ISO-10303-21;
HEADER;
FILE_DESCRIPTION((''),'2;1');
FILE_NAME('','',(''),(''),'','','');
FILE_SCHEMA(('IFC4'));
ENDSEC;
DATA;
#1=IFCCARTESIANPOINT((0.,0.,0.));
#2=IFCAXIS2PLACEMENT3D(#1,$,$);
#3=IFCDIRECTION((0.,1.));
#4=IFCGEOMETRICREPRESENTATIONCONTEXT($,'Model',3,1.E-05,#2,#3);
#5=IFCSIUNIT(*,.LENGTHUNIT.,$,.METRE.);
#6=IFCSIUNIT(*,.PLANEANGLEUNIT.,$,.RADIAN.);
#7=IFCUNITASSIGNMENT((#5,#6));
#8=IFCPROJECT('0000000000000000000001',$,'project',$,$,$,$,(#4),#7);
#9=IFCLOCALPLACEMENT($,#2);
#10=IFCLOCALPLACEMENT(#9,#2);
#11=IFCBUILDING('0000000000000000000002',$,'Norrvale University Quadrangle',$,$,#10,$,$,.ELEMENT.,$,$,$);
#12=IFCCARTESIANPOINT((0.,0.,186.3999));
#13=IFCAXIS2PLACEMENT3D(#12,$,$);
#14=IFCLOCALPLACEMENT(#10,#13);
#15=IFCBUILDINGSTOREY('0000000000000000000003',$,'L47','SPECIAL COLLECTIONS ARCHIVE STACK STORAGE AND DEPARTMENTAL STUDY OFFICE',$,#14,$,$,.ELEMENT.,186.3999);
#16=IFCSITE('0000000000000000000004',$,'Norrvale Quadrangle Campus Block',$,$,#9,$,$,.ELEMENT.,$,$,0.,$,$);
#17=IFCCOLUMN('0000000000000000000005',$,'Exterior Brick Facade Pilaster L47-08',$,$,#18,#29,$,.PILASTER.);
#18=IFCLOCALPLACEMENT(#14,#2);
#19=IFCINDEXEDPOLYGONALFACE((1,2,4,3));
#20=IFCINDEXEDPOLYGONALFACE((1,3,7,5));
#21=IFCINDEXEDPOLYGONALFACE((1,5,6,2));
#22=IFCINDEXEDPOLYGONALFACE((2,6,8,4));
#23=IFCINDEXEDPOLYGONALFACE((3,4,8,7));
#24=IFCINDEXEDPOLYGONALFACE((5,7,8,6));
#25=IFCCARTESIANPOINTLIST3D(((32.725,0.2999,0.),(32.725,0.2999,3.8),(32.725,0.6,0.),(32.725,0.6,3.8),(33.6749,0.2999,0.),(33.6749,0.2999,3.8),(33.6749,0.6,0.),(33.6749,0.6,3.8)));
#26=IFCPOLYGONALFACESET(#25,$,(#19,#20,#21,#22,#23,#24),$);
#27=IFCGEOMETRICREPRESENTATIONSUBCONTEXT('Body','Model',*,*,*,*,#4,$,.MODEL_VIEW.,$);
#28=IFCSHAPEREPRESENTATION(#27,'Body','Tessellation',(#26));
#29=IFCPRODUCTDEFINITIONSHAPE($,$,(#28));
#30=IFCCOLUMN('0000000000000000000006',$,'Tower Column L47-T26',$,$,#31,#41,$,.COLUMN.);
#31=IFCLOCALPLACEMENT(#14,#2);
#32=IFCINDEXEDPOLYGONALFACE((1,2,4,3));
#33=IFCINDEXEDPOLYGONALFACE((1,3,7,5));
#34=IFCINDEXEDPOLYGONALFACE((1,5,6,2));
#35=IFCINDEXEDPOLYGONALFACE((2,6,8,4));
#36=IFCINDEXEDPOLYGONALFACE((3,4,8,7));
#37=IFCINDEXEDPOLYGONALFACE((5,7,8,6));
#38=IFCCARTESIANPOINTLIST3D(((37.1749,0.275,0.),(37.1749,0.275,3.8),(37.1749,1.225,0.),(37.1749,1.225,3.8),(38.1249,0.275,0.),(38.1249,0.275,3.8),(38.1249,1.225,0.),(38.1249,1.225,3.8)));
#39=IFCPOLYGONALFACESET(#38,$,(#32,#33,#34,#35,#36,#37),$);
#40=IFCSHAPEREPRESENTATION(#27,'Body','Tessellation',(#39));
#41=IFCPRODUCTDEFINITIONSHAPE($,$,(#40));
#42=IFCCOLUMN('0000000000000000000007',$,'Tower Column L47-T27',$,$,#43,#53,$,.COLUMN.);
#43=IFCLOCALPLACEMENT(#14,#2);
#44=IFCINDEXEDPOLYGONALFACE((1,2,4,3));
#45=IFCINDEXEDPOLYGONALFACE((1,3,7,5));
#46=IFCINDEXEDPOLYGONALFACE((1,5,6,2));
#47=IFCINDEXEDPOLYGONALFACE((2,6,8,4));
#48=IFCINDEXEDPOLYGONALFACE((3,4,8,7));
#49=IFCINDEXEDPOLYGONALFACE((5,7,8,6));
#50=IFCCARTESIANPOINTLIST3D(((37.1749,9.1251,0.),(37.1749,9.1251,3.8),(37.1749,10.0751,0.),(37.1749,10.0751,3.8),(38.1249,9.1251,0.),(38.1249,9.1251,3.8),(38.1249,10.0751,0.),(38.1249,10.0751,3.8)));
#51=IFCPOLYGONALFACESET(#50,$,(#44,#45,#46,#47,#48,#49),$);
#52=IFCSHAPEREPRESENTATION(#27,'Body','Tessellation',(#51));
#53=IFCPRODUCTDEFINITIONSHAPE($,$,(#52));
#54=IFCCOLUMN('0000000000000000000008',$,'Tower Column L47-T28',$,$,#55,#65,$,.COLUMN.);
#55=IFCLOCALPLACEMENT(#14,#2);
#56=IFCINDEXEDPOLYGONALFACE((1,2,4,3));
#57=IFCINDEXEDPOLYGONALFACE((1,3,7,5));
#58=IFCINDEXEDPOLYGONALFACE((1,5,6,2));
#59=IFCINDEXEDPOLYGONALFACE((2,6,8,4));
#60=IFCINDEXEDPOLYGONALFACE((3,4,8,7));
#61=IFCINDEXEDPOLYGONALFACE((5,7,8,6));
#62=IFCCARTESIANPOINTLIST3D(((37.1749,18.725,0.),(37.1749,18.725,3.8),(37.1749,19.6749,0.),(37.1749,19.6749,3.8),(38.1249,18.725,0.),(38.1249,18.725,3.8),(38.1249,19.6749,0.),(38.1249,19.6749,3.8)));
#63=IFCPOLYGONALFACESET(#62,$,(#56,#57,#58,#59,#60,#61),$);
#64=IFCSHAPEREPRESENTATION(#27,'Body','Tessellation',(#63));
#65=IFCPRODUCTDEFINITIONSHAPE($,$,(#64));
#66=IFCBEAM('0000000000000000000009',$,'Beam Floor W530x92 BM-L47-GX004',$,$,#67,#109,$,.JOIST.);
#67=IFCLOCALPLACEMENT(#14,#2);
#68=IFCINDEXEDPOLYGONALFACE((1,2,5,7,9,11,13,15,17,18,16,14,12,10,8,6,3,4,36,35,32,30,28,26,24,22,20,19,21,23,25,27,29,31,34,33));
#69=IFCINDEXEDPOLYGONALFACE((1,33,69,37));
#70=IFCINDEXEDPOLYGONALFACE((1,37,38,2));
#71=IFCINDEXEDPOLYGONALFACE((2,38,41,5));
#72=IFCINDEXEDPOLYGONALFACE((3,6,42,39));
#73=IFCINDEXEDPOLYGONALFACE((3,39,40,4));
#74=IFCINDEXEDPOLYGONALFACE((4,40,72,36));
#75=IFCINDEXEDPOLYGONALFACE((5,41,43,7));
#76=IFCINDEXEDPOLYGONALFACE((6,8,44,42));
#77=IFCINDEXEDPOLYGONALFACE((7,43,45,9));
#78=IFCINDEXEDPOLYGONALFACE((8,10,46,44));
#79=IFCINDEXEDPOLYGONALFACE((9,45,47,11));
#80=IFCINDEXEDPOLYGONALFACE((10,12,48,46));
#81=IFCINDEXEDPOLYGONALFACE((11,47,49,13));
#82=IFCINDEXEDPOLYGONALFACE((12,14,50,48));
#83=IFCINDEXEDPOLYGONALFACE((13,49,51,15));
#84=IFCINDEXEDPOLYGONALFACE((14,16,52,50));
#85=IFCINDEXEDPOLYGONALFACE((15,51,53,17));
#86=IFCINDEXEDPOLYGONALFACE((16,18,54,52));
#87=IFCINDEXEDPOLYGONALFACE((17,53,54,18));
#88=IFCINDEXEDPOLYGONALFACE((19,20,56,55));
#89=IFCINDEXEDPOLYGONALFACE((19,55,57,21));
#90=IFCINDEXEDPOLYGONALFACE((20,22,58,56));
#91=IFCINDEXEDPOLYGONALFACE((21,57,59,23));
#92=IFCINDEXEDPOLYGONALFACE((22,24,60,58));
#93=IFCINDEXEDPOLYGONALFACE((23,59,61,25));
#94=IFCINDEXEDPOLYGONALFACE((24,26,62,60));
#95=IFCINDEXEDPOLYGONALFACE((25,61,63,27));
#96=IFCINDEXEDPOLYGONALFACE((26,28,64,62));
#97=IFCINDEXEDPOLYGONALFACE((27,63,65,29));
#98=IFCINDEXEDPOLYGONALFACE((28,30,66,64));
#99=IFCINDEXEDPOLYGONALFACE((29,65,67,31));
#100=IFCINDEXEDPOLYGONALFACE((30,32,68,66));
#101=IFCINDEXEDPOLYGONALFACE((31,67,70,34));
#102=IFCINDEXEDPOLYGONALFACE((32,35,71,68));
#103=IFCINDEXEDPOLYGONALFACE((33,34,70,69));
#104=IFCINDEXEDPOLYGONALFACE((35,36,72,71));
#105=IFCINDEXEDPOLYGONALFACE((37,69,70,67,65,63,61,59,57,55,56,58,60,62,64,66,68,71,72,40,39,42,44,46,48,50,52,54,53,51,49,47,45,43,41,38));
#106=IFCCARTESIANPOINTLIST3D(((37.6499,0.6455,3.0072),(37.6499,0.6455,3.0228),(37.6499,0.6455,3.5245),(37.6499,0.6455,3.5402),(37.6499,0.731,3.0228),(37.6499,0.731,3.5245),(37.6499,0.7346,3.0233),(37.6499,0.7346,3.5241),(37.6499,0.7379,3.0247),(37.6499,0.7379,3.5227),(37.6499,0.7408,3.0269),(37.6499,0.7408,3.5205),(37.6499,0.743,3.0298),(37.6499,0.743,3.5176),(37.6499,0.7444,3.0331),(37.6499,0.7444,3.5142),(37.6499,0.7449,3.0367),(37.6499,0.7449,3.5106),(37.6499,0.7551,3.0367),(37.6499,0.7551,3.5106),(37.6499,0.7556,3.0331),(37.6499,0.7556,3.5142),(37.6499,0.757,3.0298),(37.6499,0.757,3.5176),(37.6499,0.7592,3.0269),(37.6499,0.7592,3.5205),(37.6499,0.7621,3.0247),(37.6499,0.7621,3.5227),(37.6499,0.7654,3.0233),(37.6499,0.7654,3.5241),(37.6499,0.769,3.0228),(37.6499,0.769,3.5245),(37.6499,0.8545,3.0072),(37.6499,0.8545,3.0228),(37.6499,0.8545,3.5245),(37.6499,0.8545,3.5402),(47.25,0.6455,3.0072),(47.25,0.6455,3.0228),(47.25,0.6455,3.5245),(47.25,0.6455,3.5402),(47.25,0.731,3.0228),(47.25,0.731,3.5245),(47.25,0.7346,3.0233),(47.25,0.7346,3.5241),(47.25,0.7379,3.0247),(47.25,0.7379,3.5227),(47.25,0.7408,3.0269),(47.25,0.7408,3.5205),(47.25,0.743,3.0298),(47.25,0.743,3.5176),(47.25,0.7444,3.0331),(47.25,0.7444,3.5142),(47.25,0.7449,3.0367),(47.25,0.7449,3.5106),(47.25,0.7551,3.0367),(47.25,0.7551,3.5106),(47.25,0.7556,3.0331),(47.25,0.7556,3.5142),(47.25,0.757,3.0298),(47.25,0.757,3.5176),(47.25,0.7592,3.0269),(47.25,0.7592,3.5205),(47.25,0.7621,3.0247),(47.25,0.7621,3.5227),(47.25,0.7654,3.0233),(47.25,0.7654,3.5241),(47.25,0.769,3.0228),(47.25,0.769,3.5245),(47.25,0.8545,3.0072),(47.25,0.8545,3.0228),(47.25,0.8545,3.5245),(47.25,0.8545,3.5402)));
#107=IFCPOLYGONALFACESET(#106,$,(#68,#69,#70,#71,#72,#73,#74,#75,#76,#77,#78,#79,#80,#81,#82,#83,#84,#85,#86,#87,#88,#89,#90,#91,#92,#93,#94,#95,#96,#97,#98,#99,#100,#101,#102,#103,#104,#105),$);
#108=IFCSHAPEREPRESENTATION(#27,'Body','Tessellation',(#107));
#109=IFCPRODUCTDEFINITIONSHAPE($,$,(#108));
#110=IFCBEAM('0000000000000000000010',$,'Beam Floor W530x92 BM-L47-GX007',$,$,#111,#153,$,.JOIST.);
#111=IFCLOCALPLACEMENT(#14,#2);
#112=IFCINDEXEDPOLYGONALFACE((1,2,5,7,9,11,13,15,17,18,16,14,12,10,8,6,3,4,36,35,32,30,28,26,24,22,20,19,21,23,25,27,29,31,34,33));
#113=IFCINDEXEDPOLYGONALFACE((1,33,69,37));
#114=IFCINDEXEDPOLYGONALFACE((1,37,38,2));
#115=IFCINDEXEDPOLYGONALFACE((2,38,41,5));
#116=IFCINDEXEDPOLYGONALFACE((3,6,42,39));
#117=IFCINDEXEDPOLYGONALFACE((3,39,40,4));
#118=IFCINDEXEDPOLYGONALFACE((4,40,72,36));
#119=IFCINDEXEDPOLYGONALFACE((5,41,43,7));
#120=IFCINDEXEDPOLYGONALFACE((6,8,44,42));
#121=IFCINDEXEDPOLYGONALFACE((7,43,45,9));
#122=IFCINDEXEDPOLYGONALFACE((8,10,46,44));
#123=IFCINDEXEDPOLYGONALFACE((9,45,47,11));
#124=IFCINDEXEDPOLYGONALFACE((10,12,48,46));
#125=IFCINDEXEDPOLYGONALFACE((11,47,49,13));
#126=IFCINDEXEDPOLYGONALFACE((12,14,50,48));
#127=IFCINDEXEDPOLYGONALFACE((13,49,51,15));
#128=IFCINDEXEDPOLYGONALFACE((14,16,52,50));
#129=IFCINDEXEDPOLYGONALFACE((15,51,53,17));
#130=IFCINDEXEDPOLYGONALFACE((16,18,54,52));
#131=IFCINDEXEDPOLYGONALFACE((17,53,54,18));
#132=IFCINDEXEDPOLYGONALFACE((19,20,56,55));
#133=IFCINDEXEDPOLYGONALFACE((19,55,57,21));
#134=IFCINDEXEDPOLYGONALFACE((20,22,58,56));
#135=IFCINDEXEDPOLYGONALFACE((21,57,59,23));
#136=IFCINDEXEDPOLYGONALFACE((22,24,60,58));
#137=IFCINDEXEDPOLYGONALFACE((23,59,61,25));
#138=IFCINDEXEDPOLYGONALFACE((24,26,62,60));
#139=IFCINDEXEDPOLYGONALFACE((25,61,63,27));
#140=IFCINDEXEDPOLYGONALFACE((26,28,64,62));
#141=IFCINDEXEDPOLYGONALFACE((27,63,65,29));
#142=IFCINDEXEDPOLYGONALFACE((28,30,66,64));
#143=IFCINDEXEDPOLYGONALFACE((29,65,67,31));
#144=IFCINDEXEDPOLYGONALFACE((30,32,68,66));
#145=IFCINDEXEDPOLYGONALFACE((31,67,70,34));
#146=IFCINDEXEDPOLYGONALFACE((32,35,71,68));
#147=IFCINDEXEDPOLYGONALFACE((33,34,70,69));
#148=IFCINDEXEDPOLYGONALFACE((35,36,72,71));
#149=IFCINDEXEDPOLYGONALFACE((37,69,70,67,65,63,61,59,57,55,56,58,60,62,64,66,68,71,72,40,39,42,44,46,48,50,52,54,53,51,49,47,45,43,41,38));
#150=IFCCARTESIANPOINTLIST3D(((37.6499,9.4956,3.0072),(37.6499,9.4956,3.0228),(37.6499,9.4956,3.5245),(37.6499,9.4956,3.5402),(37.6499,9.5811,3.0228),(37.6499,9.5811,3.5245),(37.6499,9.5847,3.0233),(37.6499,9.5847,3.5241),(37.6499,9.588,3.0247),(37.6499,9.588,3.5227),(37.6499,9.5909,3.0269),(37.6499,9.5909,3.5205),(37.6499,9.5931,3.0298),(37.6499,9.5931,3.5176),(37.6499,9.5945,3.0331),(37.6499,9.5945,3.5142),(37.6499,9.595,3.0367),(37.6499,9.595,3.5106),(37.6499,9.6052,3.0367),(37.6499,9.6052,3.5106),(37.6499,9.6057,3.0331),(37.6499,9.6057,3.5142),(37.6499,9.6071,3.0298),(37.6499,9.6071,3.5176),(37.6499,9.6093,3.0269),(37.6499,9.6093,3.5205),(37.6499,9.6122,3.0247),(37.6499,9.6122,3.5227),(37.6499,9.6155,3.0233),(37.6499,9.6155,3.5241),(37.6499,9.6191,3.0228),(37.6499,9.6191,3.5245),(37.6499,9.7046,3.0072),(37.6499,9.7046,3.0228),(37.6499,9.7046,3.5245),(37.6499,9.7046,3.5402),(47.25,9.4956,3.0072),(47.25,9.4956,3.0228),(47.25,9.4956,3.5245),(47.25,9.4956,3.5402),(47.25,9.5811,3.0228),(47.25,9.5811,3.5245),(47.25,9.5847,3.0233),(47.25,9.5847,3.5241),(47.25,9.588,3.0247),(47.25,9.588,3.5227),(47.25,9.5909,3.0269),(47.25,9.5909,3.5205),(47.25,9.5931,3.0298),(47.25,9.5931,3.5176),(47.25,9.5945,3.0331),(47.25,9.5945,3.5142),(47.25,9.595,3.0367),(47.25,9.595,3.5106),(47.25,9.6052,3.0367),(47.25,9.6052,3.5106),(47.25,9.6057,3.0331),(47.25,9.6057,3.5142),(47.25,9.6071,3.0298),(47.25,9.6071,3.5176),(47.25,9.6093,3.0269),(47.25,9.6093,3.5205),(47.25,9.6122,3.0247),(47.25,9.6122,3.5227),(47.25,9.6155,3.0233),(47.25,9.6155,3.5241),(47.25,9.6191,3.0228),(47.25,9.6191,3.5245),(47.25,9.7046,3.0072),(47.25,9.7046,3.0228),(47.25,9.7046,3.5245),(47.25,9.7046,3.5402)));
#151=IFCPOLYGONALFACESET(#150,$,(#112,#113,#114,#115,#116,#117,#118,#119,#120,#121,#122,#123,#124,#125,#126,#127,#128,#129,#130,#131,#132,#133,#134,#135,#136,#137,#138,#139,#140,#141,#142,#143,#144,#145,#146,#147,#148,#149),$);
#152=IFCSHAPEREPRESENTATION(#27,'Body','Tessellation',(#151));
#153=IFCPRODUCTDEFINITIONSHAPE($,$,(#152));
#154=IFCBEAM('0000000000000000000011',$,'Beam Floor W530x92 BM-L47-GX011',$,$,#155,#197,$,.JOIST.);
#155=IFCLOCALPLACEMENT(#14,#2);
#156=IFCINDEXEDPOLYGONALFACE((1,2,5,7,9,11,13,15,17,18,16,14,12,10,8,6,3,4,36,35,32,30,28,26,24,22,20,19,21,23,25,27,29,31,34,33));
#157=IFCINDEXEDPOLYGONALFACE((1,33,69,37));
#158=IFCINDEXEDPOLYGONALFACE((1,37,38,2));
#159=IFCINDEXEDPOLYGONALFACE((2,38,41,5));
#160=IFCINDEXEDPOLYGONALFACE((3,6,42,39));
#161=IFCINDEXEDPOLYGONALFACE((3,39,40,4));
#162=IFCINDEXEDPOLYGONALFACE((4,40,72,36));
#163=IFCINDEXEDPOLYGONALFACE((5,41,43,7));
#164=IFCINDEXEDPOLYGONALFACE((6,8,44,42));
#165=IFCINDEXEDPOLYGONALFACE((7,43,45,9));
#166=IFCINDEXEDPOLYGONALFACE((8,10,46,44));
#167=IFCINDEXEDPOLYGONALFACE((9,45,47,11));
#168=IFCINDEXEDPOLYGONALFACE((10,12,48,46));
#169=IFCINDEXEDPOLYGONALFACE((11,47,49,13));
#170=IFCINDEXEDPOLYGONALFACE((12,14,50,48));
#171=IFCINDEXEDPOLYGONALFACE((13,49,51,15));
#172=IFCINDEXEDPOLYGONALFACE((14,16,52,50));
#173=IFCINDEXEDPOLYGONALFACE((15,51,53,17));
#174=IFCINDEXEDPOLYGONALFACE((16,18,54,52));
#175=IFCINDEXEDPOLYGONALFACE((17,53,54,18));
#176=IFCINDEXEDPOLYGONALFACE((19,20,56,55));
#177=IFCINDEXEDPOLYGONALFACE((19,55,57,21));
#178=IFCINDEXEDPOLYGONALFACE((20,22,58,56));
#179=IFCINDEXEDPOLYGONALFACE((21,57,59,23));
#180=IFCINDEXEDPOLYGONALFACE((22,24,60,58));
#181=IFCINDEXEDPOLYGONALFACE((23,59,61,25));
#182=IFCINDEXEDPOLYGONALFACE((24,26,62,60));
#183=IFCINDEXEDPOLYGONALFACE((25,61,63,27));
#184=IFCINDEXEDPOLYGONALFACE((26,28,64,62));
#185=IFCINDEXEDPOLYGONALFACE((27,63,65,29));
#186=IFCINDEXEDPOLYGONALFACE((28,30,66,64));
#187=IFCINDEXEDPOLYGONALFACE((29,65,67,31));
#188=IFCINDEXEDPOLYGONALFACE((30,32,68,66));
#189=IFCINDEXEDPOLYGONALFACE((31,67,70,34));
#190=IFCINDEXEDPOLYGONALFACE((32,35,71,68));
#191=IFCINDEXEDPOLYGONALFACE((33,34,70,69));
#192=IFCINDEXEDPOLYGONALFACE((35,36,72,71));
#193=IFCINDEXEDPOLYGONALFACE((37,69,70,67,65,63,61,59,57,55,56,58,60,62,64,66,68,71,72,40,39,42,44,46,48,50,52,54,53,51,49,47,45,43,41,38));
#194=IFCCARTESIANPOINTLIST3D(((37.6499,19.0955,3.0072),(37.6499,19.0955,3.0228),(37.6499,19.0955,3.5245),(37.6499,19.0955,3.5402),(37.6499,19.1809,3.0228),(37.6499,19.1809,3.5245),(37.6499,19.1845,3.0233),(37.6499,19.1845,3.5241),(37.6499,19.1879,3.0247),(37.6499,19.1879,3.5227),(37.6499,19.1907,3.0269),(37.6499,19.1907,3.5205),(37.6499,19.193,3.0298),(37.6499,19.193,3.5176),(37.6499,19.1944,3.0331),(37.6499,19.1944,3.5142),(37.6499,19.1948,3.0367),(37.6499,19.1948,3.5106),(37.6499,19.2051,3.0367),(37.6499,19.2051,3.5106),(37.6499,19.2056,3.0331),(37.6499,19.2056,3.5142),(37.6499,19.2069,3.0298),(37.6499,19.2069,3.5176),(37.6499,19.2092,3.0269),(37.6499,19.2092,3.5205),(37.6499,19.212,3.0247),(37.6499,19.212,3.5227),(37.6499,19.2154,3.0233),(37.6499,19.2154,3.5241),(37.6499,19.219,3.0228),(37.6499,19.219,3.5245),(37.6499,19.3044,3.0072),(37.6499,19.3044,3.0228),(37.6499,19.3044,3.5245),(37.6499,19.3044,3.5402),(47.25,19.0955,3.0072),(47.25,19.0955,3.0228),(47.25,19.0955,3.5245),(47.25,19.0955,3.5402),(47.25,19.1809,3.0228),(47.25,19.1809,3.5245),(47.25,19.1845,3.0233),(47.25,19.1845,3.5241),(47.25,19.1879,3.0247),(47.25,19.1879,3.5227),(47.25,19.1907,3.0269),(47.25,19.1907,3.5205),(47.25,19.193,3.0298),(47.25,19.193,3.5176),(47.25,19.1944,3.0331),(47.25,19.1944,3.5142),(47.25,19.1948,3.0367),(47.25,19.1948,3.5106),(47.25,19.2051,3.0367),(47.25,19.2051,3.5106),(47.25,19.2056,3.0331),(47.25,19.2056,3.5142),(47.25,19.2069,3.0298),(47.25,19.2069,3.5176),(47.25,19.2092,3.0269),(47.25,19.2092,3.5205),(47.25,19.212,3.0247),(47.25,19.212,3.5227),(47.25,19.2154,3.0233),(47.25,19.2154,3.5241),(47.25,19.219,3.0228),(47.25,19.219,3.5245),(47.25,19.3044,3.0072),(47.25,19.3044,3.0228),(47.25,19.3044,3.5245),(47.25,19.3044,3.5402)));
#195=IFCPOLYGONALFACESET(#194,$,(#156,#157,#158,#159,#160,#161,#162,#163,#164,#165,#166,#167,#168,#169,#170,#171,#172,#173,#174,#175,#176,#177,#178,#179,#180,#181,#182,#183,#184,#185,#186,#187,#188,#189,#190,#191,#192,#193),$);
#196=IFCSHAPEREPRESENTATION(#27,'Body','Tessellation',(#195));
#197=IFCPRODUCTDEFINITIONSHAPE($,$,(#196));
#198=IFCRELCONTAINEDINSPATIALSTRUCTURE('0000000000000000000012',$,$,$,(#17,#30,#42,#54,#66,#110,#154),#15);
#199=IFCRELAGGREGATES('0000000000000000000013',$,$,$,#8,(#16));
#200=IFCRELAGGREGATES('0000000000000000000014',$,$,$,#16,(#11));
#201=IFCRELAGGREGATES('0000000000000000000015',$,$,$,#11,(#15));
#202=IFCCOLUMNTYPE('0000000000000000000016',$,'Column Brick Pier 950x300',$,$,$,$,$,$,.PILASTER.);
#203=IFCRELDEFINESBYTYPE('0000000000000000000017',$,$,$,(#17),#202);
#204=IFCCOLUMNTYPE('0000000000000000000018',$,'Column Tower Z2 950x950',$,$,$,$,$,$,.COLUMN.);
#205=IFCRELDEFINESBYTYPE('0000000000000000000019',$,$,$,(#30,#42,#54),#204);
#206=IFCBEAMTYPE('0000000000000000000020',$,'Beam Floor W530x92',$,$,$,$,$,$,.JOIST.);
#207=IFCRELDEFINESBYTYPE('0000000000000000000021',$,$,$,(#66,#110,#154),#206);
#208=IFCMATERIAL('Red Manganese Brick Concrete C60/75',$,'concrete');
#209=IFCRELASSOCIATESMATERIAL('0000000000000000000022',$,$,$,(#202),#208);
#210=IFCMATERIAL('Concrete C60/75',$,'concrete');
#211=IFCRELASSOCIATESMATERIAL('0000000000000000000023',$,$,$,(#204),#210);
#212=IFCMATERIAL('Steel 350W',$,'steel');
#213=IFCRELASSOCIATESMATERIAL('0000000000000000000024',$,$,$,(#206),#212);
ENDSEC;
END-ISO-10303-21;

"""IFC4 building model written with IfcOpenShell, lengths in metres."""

from ifc_helpers import new_model, si_unit, direction, frame, origin, origin_2d, place, context, subcontext, project, spatial, rectangle, i_section, extrude, material, material_profile, profile_set, type_object, element, save


model = new_model("IFC4")

# Units and contexts
model_context = context("Model", 3, precision=1e-05, world=origin(), true_north=direction((0.0, 1.0)))
body_context = subcontext(model_context, "Body", "Model", "MODEL_VIEW")
ifc_project = project(units=[si_unit("LENGTHUNIT", "METRE"), si_unit("PLANEANGLEUNIT", "RADIAN")], contexts=[model_context])

# Site, building, storey
site_placement = place(None, origin())
site = spatial("IfcSite", under=ifc_project, at=site_placement, Name="Norrvale Quadrangle Campus Block", CompositionType="ELEMENT", RefElevation=0.0)
building_placement = place(site_placement, origin())
building = spatial("IfcBuilding", under=site, at=building_placement, Name="Norrvale University Quadrangle", CompositionType="ELEMENT")
storey_placement = place(building_placement, frame((0.0, 0.0, 186.3999)))
storey = spatial("IfcBuildingStorey", under=building, at=storey_placement, Name="L47", Description="SPECIAL COLLECTIONS ARCHIVE STACK STORAGE AND DEPARTMENTAL STUDY OFFICE", CompositionType="ELEMENT", Elevation=186.3999)

# Columns
ifc_material_1 = material(Name="Red Manganese Brick Concrete C60/75", Category="concrete")
ifc_material_profile_1 = material_profile(ifc_material_1, rectangle(XDim=0.95, YDim=0.3, at=origin_2d()), Name="Red Manganese Brick Concrete C60/75")
ifc_profile_set_1 = profile_set([ifc_material_profile_1], Name="Red Manganese Brick Concrete C60/75")
column_type_1 = type_object("IfcColumnType", Name="Column Brick Pier 950x300", PredefinedType="PILASTER", material=ifc_profile_set_1)
column_placement = place(storey_placement, frame((33.2, 0.45, 0.0), z_axis=(0.0, 0.0, 1.0), x_axis=(1.0, 0.0, 0.0)))
element("IfcColumn", 1, at=column_placement, inside=storey, type_object=column_type_1, Name="Exterior Brick Facade Pilaster L47-08", PredefinedType="PILASTER", context=body_context, shape_type="SweptSolid", body=[
    extrude(rectangle(XDim=0.95, YDim=0.3, at=origin_2d()), origin(), (0.0, 0.0, 1.0), 3.8),
])
ifc_material_2 = material(Name="Concrete C60/75", Category="concrete")
ifc_material_profile_2 = material_profile(ifc_material_2, rectangle(XDim=0.95, YDim=0.95, at=origin_2d()), Name="Concrete C60/75")
ifc_profile_set_2 = profile_set([ifc_material_profile_2], Name="Concrete C60/75")
column_type_2 = type_object("IfcColumnType", Name="Column Tower Z2 950x950", PredefinedType="COLUMN", material=ifc_profile_set_2)
for number, where, z_axis, x_axis, name in (
    (2, (37.6499, 0.75, 0.0), (0.0, 0.0, 1.0), (1.0, 0.0, 0.0), "Tower Column L47-T26"),
    (3, (37.6499, 9.6001, 0.0), (0.0, 0.0, 1.0), (1.0, 0.0, 0.0), "Tower Column L47-T27"),
    (4, (37.6499, 19.2, 0.0), (0.0, 0.0, 1.0), (1.0, 0.0, 0.0), "Tower Column L47-T28"),
):
    element("IfcColumn", number, at=place(storey_placement, frame(where, z_axis=z_axis, x_axis=x_axis)), inside=storey, type_object=column_type_2, Name=name, PredefinedType="COLUMN", context=body_context, shape_type="SweptSolid", body=[
        extrude(rectangle(XDim=0.95, YDim=0.95, at=origin_2d()), origin(), (0.0, 0.0, 1.0), 3.8),
    ])

# Beams
ifc_material_3 = material(Name="Steel 350W", Category="steel")
ifc_material_profile_3 = material_profile(ifc_material_3, i_section(OverallWidth=0.209, OverallDepth=0.533, WebThickness=0.0103, FlangeThickness=0.0156, FilletRadius=0.0139, at=origin_2d()), Name="Steel 350W")
ifc_profile_set_3 = profile_set([ifc_material_profile_3], Name="Steel 350W")
beam_type_1 = type_object("IfcBeamType", Name="Beam Floor W530x92", PredefinedType="JOIST", material=ifc_profile_set_3)
for number, where, z_axis, x_axis, name in (
    (5, (37.6499, 0.75, 3.2737), (1.0, 0.0, 0.0), (0.0, 1.0, 0.0), "Beam Floor W530x92 BM-L47-GX004"),
    (6, (37.6499, 9.6001, 3.2737), (1.0, 0.0, 0.0), (0.0, 1.0, 0.0), "Beam Floor W530x92 BM-L47-GX007"),
    (7, (37.6499, 19.2, 3.2737), (1.0, 0.0, 0.0), (0.0, 1.0, 0.0), "Beam Floor W530x92 BM-L47-GX011"),
):
    element("IfcBeam", number, at=place(storey_placement, frame(where, z_axis=z_axis, x_axis=x_axis)), inside=storey, type_object=beam_type_1, Name=name, PredefinedType="JOIST", context=body_context, shape_type="SweptSolid", body=[
        extrude(i_section(OverallWidth=0.209, OverallDepth=0.533, WebThickness=0.0103, FlangeThickness=0.0156, FilletRadius=0.0139, at=origin_2d()), origin(), (0.0, 0.0, 1.0), 9.6001),
    ])

save(model, "model.ifc")
